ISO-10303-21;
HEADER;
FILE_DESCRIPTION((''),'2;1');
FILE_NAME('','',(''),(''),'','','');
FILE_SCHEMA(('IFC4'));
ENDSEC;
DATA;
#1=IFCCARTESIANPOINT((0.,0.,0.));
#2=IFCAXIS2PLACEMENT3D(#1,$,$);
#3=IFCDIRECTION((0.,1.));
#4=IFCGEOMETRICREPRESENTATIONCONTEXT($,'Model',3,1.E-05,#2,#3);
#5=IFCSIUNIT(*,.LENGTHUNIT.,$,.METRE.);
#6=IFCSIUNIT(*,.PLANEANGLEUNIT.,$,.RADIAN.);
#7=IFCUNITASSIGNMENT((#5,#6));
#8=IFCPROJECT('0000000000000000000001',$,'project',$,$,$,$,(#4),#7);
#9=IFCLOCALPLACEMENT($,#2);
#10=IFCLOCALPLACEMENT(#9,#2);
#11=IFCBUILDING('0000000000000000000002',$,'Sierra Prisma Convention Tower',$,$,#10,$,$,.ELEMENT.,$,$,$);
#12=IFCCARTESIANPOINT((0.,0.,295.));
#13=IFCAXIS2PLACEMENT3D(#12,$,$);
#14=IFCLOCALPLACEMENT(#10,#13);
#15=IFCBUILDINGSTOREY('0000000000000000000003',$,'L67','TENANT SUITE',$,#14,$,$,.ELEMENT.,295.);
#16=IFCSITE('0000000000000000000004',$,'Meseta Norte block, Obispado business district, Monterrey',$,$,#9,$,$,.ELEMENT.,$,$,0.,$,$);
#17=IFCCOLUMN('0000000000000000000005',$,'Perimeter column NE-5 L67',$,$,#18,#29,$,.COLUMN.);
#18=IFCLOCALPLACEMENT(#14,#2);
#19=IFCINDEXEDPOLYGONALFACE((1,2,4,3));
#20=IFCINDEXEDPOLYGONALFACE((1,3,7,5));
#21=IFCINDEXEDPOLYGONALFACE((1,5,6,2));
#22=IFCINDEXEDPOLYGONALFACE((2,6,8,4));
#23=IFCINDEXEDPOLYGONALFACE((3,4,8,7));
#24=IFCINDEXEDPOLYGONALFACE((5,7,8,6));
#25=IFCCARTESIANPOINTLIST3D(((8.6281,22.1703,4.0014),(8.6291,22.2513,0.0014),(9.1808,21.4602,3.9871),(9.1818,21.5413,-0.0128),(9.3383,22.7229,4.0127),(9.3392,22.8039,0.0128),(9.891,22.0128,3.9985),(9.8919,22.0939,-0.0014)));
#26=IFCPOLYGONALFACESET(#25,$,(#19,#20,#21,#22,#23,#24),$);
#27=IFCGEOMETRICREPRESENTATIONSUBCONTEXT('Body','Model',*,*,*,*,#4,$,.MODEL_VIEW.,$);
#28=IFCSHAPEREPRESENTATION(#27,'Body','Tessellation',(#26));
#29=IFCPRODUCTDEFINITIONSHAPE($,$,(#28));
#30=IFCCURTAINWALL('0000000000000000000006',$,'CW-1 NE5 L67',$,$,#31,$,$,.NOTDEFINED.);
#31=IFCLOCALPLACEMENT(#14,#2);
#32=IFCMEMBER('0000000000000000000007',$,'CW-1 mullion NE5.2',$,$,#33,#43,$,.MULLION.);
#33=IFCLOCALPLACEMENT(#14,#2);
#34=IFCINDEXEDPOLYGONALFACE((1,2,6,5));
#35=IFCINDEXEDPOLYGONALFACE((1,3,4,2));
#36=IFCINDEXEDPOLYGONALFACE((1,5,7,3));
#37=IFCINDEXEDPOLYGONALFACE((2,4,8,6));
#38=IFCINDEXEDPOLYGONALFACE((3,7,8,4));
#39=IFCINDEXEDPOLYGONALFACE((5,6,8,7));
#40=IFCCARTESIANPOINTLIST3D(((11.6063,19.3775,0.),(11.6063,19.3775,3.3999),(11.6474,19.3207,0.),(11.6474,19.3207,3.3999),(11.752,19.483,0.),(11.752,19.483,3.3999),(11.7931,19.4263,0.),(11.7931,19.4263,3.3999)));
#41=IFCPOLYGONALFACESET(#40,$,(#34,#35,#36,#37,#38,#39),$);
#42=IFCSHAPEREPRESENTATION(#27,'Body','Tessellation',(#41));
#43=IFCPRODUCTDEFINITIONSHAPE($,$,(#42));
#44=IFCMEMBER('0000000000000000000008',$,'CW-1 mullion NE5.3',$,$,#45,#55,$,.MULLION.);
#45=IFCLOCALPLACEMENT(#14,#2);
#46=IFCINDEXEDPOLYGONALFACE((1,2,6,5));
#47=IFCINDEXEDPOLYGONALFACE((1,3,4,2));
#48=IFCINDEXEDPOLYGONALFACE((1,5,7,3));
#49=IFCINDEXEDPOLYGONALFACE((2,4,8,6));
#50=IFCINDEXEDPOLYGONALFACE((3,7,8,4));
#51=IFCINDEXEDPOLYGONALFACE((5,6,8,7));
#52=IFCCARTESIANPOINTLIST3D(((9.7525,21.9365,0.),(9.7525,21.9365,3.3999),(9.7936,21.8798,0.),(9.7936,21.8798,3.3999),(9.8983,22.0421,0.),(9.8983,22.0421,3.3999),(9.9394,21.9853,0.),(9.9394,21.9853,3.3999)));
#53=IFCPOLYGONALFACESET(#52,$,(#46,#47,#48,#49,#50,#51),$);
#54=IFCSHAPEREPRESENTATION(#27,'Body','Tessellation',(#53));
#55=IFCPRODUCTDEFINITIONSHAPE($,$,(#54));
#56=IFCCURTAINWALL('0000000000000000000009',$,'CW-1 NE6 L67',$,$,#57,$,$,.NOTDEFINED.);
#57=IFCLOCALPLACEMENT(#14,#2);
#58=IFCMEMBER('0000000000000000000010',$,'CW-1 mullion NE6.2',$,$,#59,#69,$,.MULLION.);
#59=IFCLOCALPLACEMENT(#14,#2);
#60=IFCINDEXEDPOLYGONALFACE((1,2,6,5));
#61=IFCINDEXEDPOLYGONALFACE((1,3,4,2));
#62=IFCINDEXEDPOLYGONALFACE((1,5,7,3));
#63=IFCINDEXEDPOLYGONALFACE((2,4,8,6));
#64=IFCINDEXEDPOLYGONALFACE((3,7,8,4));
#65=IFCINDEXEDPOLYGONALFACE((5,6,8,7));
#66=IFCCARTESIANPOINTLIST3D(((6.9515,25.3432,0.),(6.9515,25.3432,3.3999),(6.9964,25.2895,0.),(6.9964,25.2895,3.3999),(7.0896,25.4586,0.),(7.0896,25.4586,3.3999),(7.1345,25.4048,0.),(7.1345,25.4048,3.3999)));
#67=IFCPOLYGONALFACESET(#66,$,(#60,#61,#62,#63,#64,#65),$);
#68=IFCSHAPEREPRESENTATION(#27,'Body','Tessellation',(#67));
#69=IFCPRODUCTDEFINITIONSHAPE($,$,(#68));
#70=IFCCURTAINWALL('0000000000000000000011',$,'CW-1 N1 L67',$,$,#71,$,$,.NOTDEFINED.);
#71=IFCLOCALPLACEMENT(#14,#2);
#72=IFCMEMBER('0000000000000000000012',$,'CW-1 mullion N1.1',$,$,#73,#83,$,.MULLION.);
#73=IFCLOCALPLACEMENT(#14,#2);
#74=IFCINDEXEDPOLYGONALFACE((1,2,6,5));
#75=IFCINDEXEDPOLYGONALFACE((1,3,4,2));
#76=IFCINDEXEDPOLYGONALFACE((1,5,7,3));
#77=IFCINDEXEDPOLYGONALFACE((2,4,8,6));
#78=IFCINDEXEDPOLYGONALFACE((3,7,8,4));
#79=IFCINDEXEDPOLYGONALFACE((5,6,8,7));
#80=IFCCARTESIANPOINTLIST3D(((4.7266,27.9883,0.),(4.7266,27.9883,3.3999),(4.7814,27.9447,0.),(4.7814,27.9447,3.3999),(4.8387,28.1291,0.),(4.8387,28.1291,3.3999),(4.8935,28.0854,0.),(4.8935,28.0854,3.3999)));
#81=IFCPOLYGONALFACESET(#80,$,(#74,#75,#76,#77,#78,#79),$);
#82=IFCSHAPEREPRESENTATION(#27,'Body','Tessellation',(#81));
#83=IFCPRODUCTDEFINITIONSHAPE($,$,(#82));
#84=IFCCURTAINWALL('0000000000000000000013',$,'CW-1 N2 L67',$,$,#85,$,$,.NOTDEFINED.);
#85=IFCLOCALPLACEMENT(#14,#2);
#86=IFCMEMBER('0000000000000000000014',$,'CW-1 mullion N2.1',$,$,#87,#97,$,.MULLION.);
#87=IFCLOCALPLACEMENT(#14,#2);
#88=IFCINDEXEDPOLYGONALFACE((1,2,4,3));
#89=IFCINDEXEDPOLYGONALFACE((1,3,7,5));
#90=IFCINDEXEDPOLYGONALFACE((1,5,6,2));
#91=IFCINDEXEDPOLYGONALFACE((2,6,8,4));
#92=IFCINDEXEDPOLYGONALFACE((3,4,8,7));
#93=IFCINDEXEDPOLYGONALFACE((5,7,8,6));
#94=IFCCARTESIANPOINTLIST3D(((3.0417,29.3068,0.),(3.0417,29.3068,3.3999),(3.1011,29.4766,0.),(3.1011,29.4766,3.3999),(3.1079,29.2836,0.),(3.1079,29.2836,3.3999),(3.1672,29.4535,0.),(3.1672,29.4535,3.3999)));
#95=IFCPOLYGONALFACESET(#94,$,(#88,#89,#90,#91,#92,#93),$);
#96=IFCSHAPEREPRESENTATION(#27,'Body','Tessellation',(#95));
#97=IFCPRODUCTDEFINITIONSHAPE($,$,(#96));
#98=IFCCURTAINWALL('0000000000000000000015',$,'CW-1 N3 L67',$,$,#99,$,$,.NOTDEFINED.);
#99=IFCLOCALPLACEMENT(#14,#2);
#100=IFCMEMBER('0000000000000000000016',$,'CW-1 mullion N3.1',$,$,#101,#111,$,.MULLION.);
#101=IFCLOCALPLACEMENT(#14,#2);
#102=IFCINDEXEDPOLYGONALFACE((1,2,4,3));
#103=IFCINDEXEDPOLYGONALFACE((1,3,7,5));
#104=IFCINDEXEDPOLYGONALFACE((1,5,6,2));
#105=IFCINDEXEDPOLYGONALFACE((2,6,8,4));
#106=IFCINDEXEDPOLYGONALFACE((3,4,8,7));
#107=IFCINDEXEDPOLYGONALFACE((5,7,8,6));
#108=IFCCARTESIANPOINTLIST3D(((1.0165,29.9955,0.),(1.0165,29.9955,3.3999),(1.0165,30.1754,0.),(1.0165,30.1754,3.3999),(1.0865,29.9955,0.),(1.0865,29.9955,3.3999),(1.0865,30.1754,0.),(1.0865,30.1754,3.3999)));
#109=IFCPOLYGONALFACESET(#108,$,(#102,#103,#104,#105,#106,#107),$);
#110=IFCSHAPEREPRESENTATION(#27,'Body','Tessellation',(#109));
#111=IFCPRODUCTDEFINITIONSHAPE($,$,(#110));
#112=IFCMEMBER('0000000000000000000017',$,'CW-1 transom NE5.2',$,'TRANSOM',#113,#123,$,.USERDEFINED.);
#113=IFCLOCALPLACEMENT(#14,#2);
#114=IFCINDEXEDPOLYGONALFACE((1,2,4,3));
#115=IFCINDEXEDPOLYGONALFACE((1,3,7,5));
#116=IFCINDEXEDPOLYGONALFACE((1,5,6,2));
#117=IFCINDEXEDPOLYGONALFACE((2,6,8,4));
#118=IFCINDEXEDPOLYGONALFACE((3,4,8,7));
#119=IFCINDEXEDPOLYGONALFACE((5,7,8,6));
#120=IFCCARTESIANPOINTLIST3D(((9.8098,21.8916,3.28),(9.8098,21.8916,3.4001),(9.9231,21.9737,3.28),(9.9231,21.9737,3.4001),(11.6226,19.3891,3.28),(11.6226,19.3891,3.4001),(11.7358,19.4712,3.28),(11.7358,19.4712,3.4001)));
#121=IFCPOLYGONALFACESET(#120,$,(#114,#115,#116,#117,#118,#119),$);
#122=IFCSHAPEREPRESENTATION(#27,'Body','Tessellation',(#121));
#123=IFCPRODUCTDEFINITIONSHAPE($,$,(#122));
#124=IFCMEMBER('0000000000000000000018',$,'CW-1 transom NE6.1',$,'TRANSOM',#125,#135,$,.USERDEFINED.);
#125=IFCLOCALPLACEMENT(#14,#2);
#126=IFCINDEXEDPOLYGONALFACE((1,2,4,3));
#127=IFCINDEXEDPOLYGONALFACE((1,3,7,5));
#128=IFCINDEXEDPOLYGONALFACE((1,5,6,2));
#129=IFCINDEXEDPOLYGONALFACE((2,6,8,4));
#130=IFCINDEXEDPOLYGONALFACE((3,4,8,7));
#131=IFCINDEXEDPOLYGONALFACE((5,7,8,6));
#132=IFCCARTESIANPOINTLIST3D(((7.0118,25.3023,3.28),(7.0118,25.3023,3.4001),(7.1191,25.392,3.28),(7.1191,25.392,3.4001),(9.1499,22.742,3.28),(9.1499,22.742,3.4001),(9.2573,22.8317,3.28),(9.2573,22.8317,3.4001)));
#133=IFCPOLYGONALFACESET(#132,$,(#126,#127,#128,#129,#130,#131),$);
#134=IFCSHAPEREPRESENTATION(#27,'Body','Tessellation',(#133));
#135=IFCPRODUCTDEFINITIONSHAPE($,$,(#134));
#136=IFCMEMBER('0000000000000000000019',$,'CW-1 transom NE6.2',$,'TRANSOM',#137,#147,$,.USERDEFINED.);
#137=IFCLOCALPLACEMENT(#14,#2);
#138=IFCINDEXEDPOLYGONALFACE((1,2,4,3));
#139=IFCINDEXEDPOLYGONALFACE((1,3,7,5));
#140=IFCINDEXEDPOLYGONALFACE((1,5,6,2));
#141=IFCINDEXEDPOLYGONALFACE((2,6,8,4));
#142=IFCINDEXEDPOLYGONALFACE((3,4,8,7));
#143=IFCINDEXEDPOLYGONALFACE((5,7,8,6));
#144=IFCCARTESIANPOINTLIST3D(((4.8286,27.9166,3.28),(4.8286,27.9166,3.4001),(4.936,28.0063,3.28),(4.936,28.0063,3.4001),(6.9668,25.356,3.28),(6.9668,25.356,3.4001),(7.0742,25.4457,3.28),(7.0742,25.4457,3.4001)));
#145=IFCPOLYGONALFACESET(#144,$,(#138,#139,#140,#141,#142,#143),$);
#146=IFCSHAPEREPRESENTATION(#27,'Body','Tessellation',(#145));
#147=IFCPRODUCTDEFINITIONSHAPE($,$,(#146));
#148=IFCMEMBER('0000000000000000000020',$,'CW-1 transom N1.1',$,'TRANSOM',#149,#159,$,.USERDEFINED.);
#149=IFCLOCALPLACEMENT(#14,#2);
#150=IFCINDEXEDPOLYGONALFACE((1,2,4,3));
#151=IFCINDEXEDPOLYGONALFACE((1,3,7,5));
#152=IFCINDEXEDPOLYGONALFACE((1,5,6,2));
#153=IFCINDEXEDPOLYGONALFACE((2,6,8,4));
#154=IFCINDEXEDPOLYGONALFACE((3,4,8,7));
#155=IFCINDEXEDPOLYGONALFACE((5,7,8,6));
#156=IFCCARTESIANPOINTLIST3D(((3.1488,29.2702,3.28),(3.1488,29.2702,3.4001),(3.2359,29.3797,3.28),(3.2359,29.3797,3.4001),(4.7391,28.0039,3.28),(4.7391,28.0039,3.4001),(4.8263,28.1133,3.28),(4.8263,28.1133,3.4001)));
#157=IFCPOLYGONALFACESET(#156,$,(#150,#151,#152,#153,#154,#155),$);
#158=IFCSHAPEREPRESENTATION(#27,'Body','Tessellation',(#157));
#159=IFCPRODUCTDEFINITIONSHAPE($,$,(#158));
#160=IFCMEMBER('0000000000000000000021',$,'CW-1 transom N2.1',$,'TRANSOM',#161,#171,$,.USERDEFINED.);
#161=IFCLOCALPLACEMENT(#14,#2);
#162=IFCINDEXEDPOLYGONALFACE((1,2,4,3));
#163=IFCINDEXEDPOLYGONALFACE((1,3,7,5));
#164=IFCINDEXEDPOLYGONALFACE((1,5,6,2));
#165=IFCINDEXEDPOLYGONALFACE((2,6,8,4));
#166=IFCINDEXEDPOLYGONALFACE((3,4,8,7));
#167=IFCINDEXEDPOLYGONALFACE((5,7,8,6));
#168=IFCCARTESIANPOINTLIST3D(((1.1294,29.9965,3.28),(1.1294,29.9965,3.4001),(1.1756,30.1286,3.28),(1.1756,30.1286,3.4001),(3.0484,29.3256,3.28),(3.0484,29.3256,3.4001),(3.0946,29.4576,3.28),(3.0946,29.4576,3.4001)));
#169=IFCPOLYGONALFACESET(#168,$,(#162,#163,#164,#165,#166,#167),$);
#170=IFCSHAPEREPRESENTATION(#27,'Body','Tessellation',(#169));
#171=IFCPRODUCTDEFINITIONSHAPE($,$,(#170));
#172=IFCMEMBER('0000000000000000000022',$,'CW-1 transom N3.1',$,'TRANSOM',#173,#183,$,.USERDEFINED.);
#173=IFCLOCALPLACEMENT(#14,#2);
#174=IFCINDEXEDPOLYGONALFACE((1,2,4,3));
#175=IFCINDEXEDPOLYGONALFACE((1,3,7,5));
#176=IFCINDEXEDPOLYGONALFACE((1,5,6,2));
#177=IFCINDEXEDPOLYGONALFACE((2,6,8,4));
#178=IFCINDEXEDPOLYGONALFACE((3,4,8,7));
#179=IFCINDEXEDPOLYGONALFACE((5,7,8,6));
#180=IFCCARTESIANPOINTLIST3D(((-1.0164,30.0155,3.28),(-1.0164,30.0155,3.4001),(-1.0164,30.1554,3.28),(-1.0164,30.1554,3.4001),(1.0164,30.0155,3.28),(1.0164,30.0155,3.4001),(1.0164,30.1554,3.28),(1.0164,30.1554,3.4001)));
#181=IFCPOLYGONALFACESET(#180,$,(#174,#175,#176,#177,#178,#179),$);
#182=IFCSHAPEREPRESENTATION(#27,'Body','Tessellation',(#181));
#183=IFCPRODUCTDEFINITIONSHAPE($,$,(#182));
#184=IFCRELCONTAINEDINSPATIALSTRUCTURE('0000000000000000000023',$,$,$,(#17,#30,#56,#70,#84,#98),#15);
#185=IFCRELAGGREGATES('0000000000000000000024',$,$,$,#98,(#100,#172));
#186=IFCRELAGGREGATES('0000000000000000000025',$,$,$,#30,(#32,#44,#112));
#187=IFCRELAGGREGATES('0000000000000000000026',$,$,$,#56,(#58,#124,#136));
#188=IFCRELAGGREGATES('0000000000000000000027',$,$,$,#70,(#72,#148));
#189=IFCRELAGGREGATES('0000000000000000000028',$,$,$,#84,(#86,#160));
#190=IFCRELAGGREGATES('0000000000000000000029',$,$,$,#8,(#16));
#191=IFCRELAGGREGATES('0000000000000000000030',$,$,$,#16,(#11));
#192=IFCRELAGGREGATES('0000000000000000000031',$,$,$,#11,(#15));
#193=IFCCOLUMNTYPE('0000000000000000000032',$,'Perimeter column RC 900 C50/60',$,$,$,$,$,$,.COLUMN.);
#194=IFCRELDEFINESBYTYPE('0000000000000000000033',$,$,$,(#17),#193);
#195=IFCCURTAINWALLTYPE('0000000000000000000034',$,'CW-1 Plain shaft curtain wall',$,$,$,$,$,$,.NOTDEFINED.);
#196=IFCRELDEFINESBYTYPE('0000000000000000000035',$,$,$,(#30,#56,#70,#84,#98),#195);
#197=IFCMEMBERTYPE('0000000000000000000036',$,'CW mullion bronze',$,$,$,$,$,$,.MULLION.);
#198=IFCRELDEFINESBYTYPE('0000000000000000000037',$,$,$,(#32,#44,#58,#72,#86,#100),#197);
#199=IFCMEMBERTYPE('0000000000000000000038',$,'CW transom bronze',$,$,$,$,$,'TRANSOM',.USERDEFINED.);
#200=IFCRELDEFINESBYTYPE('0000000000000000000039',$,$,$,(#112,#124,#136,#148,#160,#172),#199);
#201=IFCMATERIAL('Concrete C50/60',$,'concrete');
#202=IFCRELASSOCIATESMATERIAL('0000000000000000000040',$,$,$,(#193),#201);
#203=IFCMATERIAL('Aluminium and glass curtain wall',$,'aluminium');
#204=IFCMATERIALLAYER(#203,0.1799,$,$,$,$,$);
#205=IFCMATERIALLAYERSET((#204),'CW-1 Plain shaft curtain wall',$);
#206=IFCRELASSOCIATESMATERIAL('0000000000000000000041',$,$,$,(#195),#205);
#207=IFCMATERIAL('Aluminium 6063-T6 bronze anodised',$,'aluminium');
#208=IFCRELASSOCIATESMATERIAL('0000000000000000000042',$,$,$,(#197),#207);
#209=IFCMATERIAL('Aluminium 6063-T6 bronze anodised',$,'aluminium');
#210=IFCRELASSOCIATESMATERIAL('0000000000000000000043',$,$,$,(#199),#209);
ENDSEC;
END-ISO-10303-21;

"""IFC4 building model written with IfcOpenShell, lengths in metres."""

from ifc_helpers import new_model, si_unit, direction, frame, origin, origin_2d, place, context, subcontext, project, spatial, rectangle, extrude, material, layer, layer_set, material_profile, profile_set, type_object, element, aggregate, save


model = new_model("IFC4")

# Units and contexts
model_context = context("Model", 3, precision=1e-05, world=origin(), true_north=direction((0.0, 1.0)))
body_context = subcontext(model_context, "Body", "Model", "MODEL_VIEW")
ifc_project = project(units=[si_unit("LENGTHUNIT", "METRE"), si_unit("PLANEANGLEUNIT", "RADIAN")], contexts=[model_context])

# Site, building, storey
site_placement = place(None, origin())
site = spatial("IfcSite", under=ifc_project, at=site_placement, Name="Meseta Norte block, Obispado business district, Monterrey", CompositionType="ELEMENT", RefElevation=0.0)
building_placement = place(site_placement, origin())
building = spatial("IfcBuilding", under=site, at=building_placement, Name="Sierra Prisma Convention Tower", CompositionType="ELEMENT")
storey_placement = place(building_placement, frame((0.0, 0.0, 295.0)))
storey = spatial("IfcBuildingStorey", under=building, at=storey_placement, Name="L67", Description="TENANT SUITE", CompositionType="ELEMENT", Elevation=295.0)

# Column
ifc_material_1 = material(Name="Concrete C50/60", Category="concrete")
ifc_material_profile_1 = material_profile(ifc_material_1, rectangle(XDim=0.8999, YDim=0.8999, at=origin_2d()), Name="Perimeter column RC 900 C50/60")
ifc_profile_set_1 = profile_set([ifc_material_profile_1], Name="Concrete C50/60")
column_type = type_object("IfcColumnType", Name="Perimeter column RC 900 C50/60", PredefinedType="COLUMN", material=ifc_profile_set_1)
column_placement = place(storey_placement, frame((9.2605, 22.1726, 0.0), z_axis=(-0.000244, -0.02026, 0.999795), x_axis=(-0.614174, 0.789012, 0.015838)))
element("IfcColumn", 1, at=column_placement, inside=storey, type_object=column_type, Name="Perimeter column NE-5 L67", PredefinedType="COLUMN", context=body_context, shape_type="SweptSolid", body=[
    extrude(rectangle(XDim=0.8999, YDim=0.8999, at=origin_2d()), origin(), (0.0, 0.0, 1.0), 4.0007),
])

# Curtain wall, members
ifc_material_2 = material(Name="Aluminium and glass curtain wall", Category="aluminium")
ifc_layer_1 = layer(ifc_material_2, 0.1799)
ifc_layer_set_1 = layer_set([ifc_layer_1], Name="CW-1 Plain shaft curtain wall")
curtain_wall_type = type_object("IfcCurtainWallType", Name="CW-1 Plain shaft curtain wall", PredefinedType="NOTDEFINED", material=ifc_layer_set_1)
curtain_wall_1_placement = place(storey_placement, origin())
curtain_wall_1 = element("IfcCurtainWall", 2, at=curtain_wall_1_placement, inside=storey, type_object=curtain_wall_type, Name="CW-1 NE5 L67", PredefinedType="NOTDEFINED")
ifc_material_3 = material(Name="Aluminium 6063-T6 bronze anodised", Category="aluminium")
ifc_material_profile_2 = material_profile(ifc_material_3, rectangle(XDim=0.1799, YDim=0.0701, at=origin_2d()), Name="ALU MULLION 70x180")
ifc_profile_set_2 = profile_set([ifc_material_profile_2], Name="Aluminium 6063-T6 bronze anodised")
member_type_1 = type_object("IfcMemberType", Name="CW mullion bronze", PredefinedType="MULLION", material=ifc_profile_set_2)
member_1_placement = place(storey_placement, frame((11.6997, 19.4019, 0.0), z_axis=(0.0, 0.0, 1.0), x_axis=(-0.809848, -0.58664, 0.0)))
member_1 = element("IfcMember", 3, at=member_1_placement, type_object=member_type_1, Name="CW-1 mullion NE5.2", PredefinedType="MULLION", context=body_context, shape_type="SweptSolid", body=[
    extrude(rectangle(XDim=0.1799, YDim=0.0701, at=origin_2d()), origin(), (0.0, 0.0, 1.0), 3.3999),
])
member_2_placement = place(storey_placement, frame((9.8459, 21.9609, 0.0), z_axis=(0.0, 0.0, 1.0), x_axis=(-0.809848, -0.58664, 0.0)))
member_2 = element("IfcMember", 4, at=member_2_placement, type_object=member_type_1, Name="CW-1 mullion NE5.3", PredefinedType="MULLION", context=body_context, shape_type="SweptSolid", body=[
    extrude(rectangle(XDim=0.1799, YDim=0.0701, at=origin_2d()), origin(), (0.0, 0.0, 1.0), 3.3999),
])

# Curtain walls, members
curtain_wall_2_placement = place(storey_placement, origin())
curtain_wall_2 = element("IfcCurtainWall", 5, at=curtain_wall_2_placement, inside=storey, type_object=curtain_wall_type, Name="CW-1 NE6 L67", PredefinedType="NOTDEFINED")
member_3_placement = place(storey_placement, frame((7.043, 25.374, 0.0), z_axis=(0.0, 0.0, 1.0), x_axis=(-0.767558, -0.64098, 0.0)))
member_3 = element("IfcMember", 6, at=member_3_placement, type_object=member_type_1, Name="CW-1 mullion NE6.2", PredefinedType="MULLION", context=body_context, shape_type="SweptSolid", body=[
    extrude(rectangle(XDim=0.1799, YDim=0.0701, at=origin_2d()), origin(), (0.0, 0.0, 1.0), 3.3999),
])
curtain_wall_3_placement = place(storey_placement, origin())
curtain_wall_3 = element("IfcCurtainWall", 7, at=curtain_wall_3_placement, inside=storey, type_object=curtain_wall_type, Name="CW-1 N1 L67", PredefinedType="NOTDEFINED")
member_4_placement = place(storey_placement, frame((4.8101, 28.0369, 0.0), z_axis=(0.0, 0.0, 1.0), x_axis=(-0.62292, -0.782286, 0.0)))
member_4 = element("IfcMember", 8, at=member_4_placement, type_object=member_type_1, Name="CW-1 mullion N1.1", PredefinedType="MULLION", context=body_context, shape_type="SweptSolid", body=[
    extrude(rectangle(XDim=0.1799, YDim=0.0701, at=origin_2d()), origin(), (0.0, 0.0, 1.0), 3.3999),
])
curtain_wall_4_placement = place(storey_placement, origin())
curtain_wall_4 = element("IfcCurtainWall", 9, at=curtain_wall_4_placement, inside=storey, type_object=curtain_wall_type, Name="CW-1 N2 L67", PredefinedType="NOTDEFINED")
member_5_placement = place(storey_placement, frame((3.1045, 29.3801, 0.0), z_axis=(0.0, 0.0, 1.0), x_axis=(-0.329935, -0.944004, 0.0)))
member_5 = element("IfcMember", 10, at=member_5_placement, type_object=member_type_1, Name="CW-1 mullion N2.1", PredefinedType="MULLION", context=body_context, shape_type="SweptSolid", body=[
    extrude(rectangle(XDim=0.1799, YDim=0.0701, at=origin_2d()), origin(), (0.0, 0.0, 1.0), 3.3999),
])
curtain_wall_5_placement = place(storey_placement, origin())
curtain_wall_5 = element("IfcCurtainWall", 11, at=curtain_wall_5_placement, inside=storey, type_object=curtain_wall_type, Name="CW-1 N3 L67", PredefinedType="NOTDEFINED")
member_6_placement = place(storey_placement, frame((1.0515, 30.0854, 0.0), z_axis=(0.0, 0.0, 1.0), x_axis=(0.0, -1.0, 0.0)))
member_6 = element("IfcMember", 12, at=member_6_placement, type_object=member_type_1, Name="CW-1 mullion N3.1", PredefinedType="MULLION", context=body_context, shape_type="SweptSolid", body=[
    extrude(rectangle(XDim=0.1799, YDim=0.0701, at=origin_2d()), origin(), (0.0, 0.0, 1.0), 3.3999),
])

# Members
ifc_material_4 = material(Name="Aluminium 6063-T6 bronze anodised", Category="aluminium")
ifc_material_profile_3 = material_profile(ifc_material_4, rectangle(XDim=0.1399, YDim=0.1201, at=origin_2d()), Name="ALU TRANSOM 120x140")
ifc_profile_set_3 = profile_set([ifc_material_profile_3], Name="Aluminium 6063-T6 bronze anodised")
member_type_2 = type_object("IfcMemberType", Name="CW transom bronze", ElementType="TRANSOM", PredefinedType="USERDEFINED", material=ifc_profile_set_3)
member_7_placement = place(storey_placement, frame((11.6792, 19.4302, 3.3401), z_axis=(-0.586644, 0.809845, 0.0), x_axis=(-0.809845, -0.586644, 0.0)))
member_7 = element("IfcMember", 13, at=member_7_placement, type_object=member_type_2, Name="CW-1 transom NE5.2", ObjectType="TRANSOM", PredefinedType="USERDEFINED", context=body_context, shape_type="SweptSolid", body=[
    extrude(rectangle(XDim=0.1399, YDim=0.1201, at=origin_2d()), origin(), (0.0, 0.0, 1.0), 3.0901),
])
member_8_placement = place(storey_placement, frame((9.2036, 22.7869, 3.3401), z_axis=(-0.640998, 0.767543, 0.0), x_axis=(-0.767543, -0.640998, 0.0)))
member_8 = element("IfcMember", 14, at=member_8_placement, type_object=member_type_2, Name="CW-1 transom NE6.1", ObjectType="TRANSOM", PredefinedType="USERDEFINED", context=body_context, shape_type="SweptSolid", body=[
    extrude(rectangle(XDim=0.1399, YDim=0.1201, at=origin_2d()), origin(), (0.0, 0.0, 1.0), 3.3357),
])
member_9_placement = place(storey_placement, frame((7.0205, 25.4009, 3.3401), z_axis=(-0.640962, 0.767573, 0.0), x_axis=(-0.767573, -0.640962, 0.0)))
member_9 = element("IfcMember", 15, at=member_9_placement, type_object=member_type_2, Name="CW-1 transom NE6.2", ObjectType="TRANSOM", PredefinedType="USERDEFINED", context=body_context, shape_type="SweptSolid", body=[
    extrude(rectangle(XDim=0.1399, YDim=0.1201, at=origin_2d()), origin(), (0.0, 0.0, 1.0), 3.3359),
])
member_10_placement = place(storey_placement, frame((4.7827, 28.0586, 3.3401), z_axis=(-0.782284, 0.622921, 0.0), x_axis=(-0.622921, -0.782284, 0.0)))
member_10 = element("IfcMember", 16, at=member_10_placement, type_object=member_type_2, Name="CW-1 transom N1.1", ObjectType="TRANSOM", PredefinedType="USERDEFINED", context=body_context, shape_type="SweptSolid", body=[
    extrude(rectangle(XDim=0.1399, YDim=0.1201, at=origin_2d()), origin(), (0.0, 0.0, 1.0), 2.033),
])
member_11_placement = place(storey_placement, frame((3.0715, 29.3916, 3.3401), z_axis=(-0.943971, 0.330029, 0.0), x_axis=(-0.330029, -0.943971, 0.0)))
member_11 = element("IfcMember", 17, at=member_11_placement, type_object=member_type_2, Name="CW-1 transom N2.1", ObjectType="TRANSOM", PredefinedType="USERDEFINED", context=body_context, shape_type="SweptSolid", body=[
    extrude(rectangle(XDim=0.1399, YDim=0.1201, at=origin_2d()), origin(), (0.0, 0.0, 1.0), 2.033),
])
member_12_placement = place(storey_placement, frame((1.0164, 30.0854, 3.3401), z_axis=(-1.0, 0.0, 0.0), x_axis=(0.0, -1.0, 0.0)))
member_12 = element("IfcMember", 18, at=member_12_placement, type_object=member_type_2, Name="CW-1 transom N3.1", ObjectType="TRANSOM", PredefinedType="USERDEFINED", context=body_context, shape_type="SweptSolid", body=[
    extrude(rectangle(XDim=0.1399, YDim=0.1201, at=origin_2d()), origin(), (0.0, 0.0, 1.0), 2.0327),
])
aggregate(curtain_wall_5, [member_6, member_12])

aggregate(curtain_wall_1, [member_1, member_2, member_7])
aggregate(curtain_wall_2, [member_3, member_8, member_9])
aggregate(curtain_wall_3, [member_4, member_10])
aggregate(curtain_wall_4, [member_5, member_11])

save(model, "model.ifc")
